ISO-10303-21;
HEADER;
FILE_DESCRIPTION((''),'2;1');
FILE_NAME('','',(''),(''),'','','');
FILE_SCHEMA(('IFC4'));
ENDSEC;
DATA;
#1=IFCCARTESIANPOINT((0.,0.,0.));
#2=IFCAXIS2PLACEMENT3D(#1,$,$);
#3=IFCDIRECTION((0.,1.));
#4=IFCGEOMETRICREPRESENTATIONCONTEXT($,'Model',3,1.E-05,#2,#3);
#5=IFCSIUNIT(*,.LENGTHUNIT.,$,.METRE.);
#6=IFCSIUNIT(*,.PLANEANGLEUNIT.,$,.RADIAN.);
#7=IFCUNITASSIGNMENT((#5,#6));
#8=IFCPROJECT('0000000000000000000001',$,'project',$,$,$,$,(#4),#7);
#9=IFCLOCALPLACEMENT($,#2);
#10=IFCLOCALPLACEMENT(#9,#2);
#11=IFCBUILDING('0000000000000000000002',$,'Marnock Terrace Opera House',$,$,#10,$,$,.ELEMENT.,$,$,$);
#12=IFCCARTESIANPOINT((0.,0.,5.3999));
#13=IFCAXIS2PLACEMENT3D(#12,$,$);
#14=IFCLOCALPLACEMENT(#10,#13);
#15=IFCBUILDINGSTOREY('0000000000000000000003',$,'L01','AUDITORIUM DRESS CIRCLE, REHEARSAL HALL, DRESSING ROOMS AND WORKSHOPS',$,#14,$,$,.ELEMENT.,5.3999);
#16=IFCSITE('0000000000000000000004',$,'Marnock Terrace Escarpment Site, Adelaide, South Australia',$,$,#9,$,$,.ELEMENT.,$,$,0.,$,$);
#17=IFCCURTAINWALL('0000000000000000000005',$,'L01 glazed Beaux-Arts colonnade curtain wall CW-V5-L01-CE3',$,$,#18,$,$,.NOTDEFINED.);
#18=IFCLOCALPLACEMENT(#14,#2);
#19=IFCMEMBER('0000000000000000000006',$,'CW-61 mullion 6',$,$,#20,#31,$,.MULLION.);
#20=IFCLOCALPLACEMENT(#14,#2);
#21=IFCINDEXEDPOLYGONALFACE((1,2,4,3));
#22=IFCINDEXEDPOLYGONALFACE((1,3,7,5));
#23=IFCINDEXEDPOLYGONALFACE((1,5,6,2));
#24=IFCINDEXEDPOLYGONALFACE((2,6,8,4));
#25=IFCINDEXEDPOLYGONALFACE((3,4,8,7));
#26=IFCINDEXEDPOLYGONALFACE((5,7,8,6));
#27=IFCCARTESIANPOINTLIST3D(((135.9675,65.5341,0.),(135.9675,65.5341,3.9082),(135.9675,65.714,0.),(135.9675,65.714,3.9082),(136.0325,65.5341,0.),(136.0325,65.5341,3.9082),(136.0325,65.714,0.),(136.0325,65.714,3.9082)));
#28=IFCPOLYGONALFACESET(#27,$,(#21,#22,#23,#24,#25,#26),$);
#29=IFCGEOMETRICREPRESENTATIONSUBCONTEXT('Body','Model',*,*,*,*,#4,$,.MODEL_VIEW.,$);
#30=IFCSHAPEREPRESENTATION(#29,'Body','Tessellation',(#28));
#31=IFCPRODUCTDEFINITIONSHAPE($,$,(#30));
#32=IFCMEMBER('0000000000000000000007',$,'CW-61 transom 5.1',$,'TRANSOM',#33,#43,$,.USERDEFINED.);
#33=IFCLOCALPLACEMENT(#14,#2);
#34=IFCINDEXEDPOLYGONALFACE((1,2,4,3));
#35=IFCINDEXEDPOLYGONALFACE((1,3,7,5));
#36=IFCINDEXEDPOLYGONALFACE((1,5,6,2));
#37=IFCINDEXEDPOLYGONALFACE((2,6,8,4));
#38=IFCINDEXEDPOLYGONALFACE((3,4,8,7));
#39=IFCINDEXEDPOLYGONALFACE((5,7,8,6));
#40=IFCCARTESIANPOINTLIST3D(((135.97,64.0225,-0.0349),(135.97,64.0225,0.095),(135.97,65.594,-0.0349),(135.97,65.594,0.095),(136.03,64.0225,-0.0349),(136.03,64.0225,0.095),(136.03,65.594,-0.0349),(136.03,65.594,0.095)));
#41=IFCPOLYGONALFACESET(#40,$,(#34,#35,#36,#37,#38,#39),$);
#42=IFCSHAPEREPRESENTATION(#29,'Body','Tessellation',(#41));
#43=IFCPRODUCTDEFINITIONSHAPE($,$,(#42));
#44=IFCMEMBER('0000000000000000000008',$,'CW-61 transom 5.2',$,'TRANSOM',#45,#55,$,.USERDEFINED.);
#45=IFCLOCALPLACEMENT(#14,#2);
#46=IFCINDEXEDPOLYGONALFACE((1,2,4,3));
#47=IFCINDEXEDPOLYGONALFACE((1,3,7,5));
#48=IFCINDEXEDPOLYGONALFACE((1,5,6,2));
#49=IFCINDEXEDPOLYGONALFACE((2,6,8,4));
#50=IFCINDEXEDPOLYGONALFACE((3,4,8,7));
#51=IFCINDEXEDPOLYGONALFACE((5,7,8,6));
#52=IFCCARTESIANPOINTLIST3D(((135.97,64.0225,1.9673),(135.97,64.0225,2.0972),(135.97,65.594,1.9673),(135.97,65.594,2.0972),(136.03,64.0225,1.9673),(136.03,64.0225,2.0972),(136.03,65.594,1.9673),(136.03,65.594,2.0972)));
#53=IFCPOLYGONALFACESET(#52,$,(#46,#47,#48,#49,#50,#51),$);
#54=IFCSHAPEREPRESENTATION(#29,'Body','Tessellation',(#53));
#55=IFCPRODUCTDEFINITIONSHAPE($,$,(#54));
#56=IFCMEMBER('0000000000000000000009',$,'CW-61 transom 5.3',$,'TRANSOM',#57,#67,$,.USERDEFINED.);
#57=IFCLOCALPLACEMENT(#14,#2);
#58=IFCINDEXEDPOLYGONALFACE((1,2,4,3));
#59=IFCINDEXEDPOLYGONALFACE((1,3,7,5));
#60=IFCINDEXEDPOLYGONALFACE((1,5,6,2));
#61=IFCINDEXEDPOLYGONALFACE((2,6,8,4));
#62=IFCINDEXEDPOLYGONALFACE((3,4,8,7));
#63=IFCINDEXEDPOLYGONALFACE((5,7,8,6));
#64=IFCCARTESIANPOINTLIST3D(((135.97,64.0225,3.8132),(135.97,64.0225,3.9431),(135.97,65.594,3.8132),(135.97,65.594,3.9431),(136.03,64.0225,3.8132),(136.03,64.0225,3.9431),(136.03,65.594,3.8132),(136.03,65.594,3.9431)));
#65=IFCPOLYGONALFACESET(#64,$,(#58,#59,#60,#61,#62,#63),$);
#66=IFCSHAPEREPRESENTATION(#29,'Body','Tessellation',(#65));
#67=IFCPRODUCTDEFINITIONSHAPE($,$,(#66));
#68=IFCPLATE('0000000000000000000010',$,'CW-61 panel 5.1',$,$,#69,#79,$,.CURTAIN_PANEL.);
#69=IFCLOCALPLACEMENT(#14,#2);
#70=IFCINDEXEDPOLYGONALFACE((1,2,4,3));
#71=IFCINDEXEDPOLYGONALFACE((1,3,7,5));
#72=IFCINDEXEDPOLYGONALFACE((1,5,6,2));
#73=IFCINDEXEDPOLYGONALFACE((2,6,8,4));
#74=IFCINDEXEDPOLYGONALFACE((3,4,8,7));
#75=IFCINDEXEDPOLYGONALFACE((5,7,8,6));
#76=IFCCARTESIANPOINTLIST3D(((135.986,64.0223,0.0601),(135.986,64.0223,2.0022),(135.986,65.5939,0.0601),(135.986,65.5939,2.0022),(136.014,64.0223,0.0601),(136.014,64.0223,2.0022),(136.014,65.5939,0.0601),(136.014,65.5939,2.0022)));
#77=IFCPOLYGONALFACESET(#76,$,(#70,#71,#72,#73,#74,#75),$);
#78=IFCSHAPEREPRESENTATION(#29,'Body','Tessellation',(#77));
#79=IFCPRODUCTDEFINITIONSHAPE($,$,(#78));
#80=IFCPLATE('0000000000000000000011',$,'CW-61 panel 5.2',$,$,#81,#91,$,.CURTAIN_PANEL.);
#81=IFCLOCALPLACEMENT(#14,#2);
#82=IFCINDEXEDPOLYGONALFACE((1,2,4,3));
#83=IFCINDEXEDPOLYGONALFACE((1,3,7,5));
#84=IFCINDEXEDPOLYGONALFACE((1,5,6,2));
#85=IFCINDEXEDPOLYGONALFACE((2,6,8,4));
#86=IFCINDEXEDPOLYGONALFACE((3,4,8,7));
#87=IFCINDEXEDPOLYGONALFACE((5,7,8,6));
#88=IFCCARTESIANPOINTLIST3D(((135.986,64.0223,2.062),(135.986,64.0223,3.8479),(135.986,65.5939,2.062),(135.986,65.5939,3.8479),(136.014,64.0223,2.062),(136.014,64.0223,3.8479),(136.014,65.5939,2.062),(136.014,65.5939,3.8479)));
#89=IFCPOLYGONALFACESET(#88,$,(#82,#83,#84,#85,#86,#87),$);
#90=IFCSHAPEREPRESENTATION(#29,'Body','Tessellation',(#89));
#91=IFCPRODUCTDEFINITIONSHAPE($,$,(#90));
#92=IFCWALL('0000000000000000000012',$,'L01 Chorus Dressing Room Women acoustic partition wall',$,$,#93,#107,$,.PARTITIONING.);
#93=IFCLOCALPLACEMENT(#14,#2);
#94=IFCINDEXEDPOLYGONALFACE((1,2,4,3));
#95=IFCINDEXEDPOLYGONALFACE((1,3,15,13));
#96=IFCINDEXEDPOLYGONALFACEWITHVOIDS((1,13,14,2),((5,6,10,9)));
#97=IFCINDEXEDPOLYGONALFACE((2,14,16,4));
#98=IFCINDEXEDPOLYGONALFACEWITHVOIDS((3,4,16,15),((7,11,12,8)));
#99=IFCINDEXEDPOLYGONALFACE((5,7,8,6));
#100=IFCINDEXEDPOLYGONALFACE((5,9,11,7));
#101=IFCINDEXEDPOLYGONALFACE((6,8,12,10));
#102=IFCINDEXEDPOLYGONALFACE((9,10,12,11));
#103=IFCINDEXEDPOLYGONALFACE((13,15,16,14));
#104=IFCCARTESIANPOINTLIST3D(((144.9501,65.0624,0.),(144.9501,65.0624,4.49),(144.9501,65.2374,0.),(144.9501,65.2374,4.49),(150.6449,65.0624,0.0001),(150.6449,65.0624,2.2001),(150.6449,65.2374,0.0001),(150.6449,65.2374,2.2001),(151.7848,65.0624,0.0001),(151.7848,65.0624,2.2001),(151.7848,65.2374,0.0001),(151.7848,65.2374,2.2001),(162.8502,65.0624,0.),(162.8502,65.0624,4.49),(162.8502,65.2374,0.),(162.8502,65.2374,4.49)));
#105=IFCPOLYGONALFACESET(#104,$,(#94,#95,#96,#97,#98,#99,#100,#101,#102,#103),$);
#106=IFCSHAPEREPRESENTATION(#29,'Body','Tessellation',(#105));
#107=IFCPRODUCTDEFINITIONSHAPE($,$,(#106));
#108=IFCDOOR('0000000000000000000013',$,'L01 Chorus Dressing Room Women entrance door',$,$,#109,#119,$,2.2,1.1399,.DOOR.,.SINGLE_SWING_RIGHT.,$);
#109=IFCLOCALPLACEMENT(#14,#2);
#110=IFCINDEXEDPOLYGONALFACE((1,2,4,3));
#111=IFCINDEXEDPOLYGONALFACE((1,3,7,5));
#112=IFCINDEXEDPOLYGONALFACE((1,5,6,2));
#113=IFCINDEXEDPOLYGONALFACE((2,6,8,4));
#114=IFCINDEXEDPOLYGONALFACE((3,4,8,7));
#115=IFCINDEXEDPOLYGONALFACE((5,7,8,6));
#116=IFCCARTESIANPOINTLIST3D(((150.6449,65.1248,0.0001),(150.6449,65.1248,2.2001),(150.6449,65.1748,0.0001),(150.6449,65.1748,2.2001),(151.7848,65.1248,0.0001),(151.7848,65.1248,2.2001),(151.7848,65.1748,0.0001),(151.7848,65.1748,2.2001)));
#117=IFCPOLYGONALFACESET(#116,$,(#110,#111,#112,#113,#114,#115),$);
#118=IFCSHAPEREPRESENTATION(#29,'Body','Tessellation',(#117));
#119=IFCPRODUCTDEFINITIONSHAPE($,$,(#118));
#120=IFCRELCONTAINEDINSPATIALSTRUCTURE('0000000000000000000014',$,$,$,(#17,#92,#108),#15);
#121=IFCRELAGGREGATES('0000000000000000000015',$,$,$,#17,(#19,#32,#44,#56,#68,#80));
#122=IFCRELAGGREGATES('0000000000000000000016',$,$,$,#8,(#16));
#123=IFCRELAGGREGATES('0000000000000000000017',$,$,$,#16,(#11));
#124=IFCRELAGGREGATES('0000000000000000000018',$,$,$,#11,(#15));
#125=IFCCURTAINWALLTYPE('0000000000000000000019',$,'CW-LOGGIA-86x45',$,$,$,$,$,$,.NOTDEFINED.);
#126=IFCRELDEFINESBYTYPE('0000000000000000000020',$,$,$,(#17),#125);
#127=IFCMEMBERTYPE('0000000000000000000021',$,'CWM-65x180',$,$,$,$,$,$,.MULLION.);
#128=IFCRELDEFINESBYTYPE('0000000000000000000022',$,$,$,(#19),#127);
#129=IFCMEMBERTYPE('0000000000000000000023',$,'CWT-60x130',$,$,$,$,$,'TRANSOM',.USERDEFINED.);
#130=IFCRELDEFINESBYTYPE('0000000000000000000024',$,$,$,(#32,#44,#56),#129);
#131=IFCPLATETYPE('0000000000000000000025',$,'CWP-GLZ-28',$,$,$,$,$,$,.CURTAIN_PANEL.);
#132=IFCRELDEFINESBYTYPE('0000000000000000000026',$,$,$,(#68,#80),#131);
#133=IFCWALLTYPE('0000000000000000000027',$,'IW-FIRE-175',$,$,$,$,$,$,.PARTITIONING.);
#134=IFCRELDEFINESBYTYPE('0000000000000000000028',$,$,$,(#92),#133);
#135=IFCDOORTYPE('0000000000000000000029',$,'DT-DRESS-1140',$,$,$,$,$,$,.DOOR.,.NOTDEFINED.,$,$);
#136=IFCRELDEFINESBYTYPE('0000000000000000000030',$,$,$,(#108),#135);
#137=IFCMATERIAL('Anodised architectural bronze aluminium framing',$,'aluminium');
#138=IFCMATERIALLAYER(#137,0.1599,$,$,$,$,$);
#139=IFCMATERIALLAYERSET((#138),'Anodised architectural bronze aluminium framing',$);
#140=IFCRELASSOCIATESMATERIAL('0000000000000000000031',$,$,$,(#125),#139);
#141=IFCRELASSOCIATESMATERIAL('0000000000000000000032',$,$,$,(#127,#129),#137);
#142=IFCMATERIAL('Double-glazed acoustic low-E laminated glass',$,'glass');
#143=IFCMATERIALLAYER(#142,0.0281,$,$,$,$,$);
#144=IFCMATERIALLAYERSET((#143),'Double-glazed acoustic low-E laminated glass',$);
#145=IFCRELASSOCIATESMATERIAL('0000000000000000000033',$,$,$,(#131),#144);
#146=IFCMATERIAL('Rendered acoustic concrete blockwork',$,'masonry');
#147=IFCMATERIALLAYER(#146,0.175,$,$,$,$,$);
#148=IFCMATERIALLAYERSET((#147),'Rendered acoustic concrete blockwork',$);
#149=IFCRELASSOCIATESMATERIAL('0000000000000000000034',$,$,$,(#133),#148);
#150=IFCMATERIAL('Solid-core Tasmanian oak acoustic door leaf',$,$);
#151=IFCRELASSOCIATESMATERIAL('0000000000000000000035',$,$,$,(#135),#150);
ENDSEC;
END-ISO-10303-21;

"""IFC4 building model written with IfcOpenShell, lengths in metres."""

from ifc_helpers import new_model, si_unit, direction, frame, frame_2d, origin, origin_2d, place, context, subcontext, project, spatial, rectangle, extrude, material, layer, layer_set, material_profile, profile_set, type_object, element, fill, aggregate, save


model = new_model("IFC4")

# Units and contexts
model_context = context("Model", 3, precision=1e-05, world=origin(), true_north=direction((0.0, 1.0)))
body_context = subcontext(model_context, "Body", "Model", "MODEL_VIEW")
ifc_project = project(units=[si_unit("LENGTHUNIT", "METRE"), si_unit("PLANEANGLEUNIT", "RADIAN")], contexts=[model_context])

# Site, building, storey
site_placement = place(None, origin())
site = spatial("IfcSite", under=ifc_project, at=site_placement, Name="Marnock Terrace Escarpment Site, Adelaide, South Australia", CompositionType="ELEMENT", RefElevation=0.0)
building_placement = place(site_placement, origin())
building = spatial("IfcBuilding", under=site, at=building_placement, Name="Marnock Terrace Opera House", CompositionType="ELEMENT")
storey_placement = place(building_placement, frame((0.0, 0.0, 5.3999)))
storey = spatial("IfcBuildingStorey", under=building, at=storey_placement, Name="L01", Description="AUDITORIUM DRESS CIRCLE, REHEARSAL HALL, DRESSING ROOMS AND WORKSHOPS", CompositionType="ELEMENT", Elevation=5.3999)

# Curtain wall, members, plates
ifc_material_1 = material(Name="Anodised architectural bronze aluminium framing", Category="aluminium")
ifc_layer_1 = layer(ifc_material_1, 0.1599)
ifc_layer_set_1 = layer_set([ifc_layer_1], Name="Anodised architectural bronze aluminium framing")
curtain_wall_type = type_object("IfcCurtainWallType", Name="CW-LOGGIA-86x45", PredefinedType="NOTDEFINED", material=ifc_layer_set_1)
curtain_wall_placement = place(storey_placement, origin())
curtain_wall = element("IfcCurtainWall", 1, at=curtain_wall_placement, inside=storey, type_object=curtain_wall_type, Name="L01 glazed Beaux-Arts colonnade curtain wall CW-V5-L01-CE3", PredefinedType="NOTDEFINED")
ifc_material_profile_1 = material_profile(ifc_material_1, rectangle(XDim=0.0649, YDim=0.1799, at=origin_2d()))
ifc_profile_set_1 = profile_set([ifc_material_profile_1], Name="Anodised architectural bronze aluminium framing")
member_type_1 = type_object("IfcMemberType", Name="CWM-65x180", PredefinedType="MULLION", material=ifc_profile_set_1)
member_1_placement = place(storey_placement, frame((136.0, 65.624, 0.0), z_axis=(0.0, 0.0, 1.0), x_axis=(-1.0, 0.0, 0.0)))
member_1 = element("IfcMember", 2, at=member_1_placement, type_object=member_type_1, Name="CW-61 mullion 6", PredefinedType="MULLION", context=body_context, shape_type="SweptSolid", body=[
    extrude(rectangle(XDim=0.0649, YDim=0.1799, at=origin_2d()), origin(), (0.0, 0.0, 1.0), 3.9082),
])
ifc_material_profile_2 = material_profile(ifc_material_1, rectangle(XDim=0.0601, YDim=0.1299, at=origin_2d()))
ifc_profile_set_2 = profile_set([ifc_material_profile_2], Name="Anodised architectural bronze aluminium framing")
member_type_2 = type_object("IfcMemberType", Name="CWT-60x130", ElementType="TRANSOM", PredefinedType="USERDEFINED", material=ifc_profile_set_2)
member_2_placement = place(storey_placement, frame((136.0, 64.0225, 0.03), z_axis=(0.0, 1.0, 0.0), x_axis=(-1.0, 0.0, 0.0)))
member_2 = element("IfcMember", 3, at=member_2_placement, type_object=member_type_2, Name="CW-61 transom 5.1", ObjectType="TRANSOM", PredefinedType="USERDEFINED", context=body_context, shape_type="SweptSolid", body=[
    extrude(rectangle(XDim=0.0601, YDim=0.1299, at=origin_2d()), origin(), (0.0, 0.0, 1.0), 1.5715),
])
member_3_placement = place(storey_placement, frame((136.0, 64.0225, 2.0322), z_axis=(0.0, 1.0, 0.0), x_axis=(-1.0, 0.0, 0.0)))
member_3 = element("IfcMember", 4, at=member_3_placement, type_object=member_type_2, Name="CW-61 transom 5.2", ObjectType="TRANSOM", PredefinedType="USERDEFINED", context=body_context, shape_type="SweptSolid", body=[
    extrude(rectangle(XDim=0.0601, YDim=0.1299, at=origin_2d()), origin(), (0.0, 0.0, 1.0), 1.5715),
])
member_4_placement = place(storey_placement, frame((136.0, 64.0225, 3.8782), z_axis=(0.0, 1.0, 0.0), x_axis=(-1.0, 0.0, 0.0)))
member_4 = element("IfcMember", 5, at=member_4_placement, type_object=member_type_2, Name="CW-61 transom 5.3", ObjectType="TRANSOM", PredefinedType="USERDEFINED", context=body_context, shape_type="SweptSolid", body=[
    extrude(rectangle(XDim=0.0601, YDim=0.1299, at=origin_2d()), origin(), (0.0, 0.0, 1.0), 1.5715),
])
ifc_material_2 = material(Name="Double-glazed acoustic low-E laminated glass", Category="glass")
ifc_layer_2 = layer(ifc_material_2, 0.0281)
ifc_layer_set_2 = layer_set([ifc_layer_2], Name="Double-glazed acoustic low-E laminated glass")
plate_type = type_object("IfcPlateType", Name="CWP-GLZ-28", PredefinedType="CURTAIN_PANEL", material=ifc_layer_set_2)
plate_1_placement = place(storey_placement, frame((136.0, 64.8081, 0.0601), z_axis=(0.0, 0.0, 1.0), x_axis=(0.0, 1.0, 0.0)))
plate_1 = element("IfcPlate", 6, at=plate_1_placement, type_object=plate_type, Name="CW-61 panel 5.1", PredefinedType="CURTAIN_PANEL", context=body_context, shape_type="SweptSolid", body=[
    extrude(rectangle(XDim=1.5715, YDim=0.0281, at=origin_2d()), origin(), (0.0, 0.0, 1.0), 1.9421),
])
plate_2_placement = place(storey_placement, frame((136.0, 64.8081, 2.062), z_axis=(0.0, 0.0, 1.0), x_axis=(0.0, 1.0, 0.0)))
plate_2 = element("IfcPlate", 7, at=plate_2_placement, type_object=plate_type, Name="CW-61 panel 5.2", PredefinedType="CURTAIN_PANEL", context=body_context, shape_type="SweptSolid", body=[
    extrude(rectangle(XDim=1.5715, YDim=0.0281, at=origin_2d()), origin(), (0.0, 0.0, 1.0), 1.7859),
])
aggregate(curtain_wall, [member_1, member_2, member_3, member_4, plate_1, plate_2])

# Wall, opening, door
ifc_material_3 = material(Name="Rendered acoustic concrete blockwork", Category="masonry")
ifc_layer_3 = layer(ifc_material_3, 0.175)
ifc_layer_set_3 = layer_set([ifc_layer_3], Name="Rendered acoustic concrete blockwork")
wall_type = type_object("IfcWallType", Name="IW-FIRE-175", PredefinedType="PARTITIONING", material=ifc_layer_set_3)
wall_placement = place(storey_placement, frame((144.95, 65.1499, 0.0), z_axis=(0.0, 0.0, 1.0), x_axis=(1.0, 0.0, 0.0)))
wall = element("IfcWall", 8, at=wall_placement, inside=storey, type_object=wall_type, Name="L01 Chorus Dressing Room Women acoustic partition wall", PredefinedType="PARTITIONING", context=body_context, shape_type="SweptSolid", body=[
    extrude(rectangle(XDim=17.9001, YDim=0.175, at=frame_2d((8.9502, 0.0))), origin(), (0.0, 0.0, 1.0), 4.49),
])
opening_placement = place(wall_placement, frame((5.6951, 0.0, 0.0)))
opening = element("IfcOpeningElement", 9, at=opening_placement, cuts=wall, PredefinedType="OPENING", context=body_context, shape_type="SweptSolid", body=[
    extrude(rectangle(XDim=1.1399, YDim=2.2, at=frame_2d((0.5698, 1.1001))), frame((0.0, 0.0974, 0.0), z_axis=(0.0, -1.0, 0.0), x_axis=(1.0, 0.0, 0.0)), (0.0, 0.0, 1.0), 0.1951),
])
ifc_material_4 = material(Name="Solid-core Tasmanian oak acoustic door leaf")
door_type = type_object("IfcDoorType", Name="DT-DRESS-1140", OperationType="NOTDEFINED", PredefinedType="DOOR", material=ifc_material_4)
door_placement = place(opening_placement, origin())
door = element("IfcDoor", 10, at=door_placement, inside=storey, type_object=door_type, Name="L01 Chorus Dressing Room Women entrance door", OperationType="SINGLE_SWING_RIGHT", OverallHeight=2.2, OverallWidth=1.1399, PredefinedType="DOOR", context=body_context, shape_type="SweptSolid", body=[
    extrude(rectangle(XDim=1.1399, YDim=2.2, at=frame_2d((0.5698, 1.1001))), frame((0.0, 0.0249, 0.0), z_axis=(0.0, -1.0, 0.0), x_axis=(1.0, 0.0, 0.0)), (0.0, 0.0, 1.0), 0.05),
])
fill(opening, door)

save(model, "model.ifc")
